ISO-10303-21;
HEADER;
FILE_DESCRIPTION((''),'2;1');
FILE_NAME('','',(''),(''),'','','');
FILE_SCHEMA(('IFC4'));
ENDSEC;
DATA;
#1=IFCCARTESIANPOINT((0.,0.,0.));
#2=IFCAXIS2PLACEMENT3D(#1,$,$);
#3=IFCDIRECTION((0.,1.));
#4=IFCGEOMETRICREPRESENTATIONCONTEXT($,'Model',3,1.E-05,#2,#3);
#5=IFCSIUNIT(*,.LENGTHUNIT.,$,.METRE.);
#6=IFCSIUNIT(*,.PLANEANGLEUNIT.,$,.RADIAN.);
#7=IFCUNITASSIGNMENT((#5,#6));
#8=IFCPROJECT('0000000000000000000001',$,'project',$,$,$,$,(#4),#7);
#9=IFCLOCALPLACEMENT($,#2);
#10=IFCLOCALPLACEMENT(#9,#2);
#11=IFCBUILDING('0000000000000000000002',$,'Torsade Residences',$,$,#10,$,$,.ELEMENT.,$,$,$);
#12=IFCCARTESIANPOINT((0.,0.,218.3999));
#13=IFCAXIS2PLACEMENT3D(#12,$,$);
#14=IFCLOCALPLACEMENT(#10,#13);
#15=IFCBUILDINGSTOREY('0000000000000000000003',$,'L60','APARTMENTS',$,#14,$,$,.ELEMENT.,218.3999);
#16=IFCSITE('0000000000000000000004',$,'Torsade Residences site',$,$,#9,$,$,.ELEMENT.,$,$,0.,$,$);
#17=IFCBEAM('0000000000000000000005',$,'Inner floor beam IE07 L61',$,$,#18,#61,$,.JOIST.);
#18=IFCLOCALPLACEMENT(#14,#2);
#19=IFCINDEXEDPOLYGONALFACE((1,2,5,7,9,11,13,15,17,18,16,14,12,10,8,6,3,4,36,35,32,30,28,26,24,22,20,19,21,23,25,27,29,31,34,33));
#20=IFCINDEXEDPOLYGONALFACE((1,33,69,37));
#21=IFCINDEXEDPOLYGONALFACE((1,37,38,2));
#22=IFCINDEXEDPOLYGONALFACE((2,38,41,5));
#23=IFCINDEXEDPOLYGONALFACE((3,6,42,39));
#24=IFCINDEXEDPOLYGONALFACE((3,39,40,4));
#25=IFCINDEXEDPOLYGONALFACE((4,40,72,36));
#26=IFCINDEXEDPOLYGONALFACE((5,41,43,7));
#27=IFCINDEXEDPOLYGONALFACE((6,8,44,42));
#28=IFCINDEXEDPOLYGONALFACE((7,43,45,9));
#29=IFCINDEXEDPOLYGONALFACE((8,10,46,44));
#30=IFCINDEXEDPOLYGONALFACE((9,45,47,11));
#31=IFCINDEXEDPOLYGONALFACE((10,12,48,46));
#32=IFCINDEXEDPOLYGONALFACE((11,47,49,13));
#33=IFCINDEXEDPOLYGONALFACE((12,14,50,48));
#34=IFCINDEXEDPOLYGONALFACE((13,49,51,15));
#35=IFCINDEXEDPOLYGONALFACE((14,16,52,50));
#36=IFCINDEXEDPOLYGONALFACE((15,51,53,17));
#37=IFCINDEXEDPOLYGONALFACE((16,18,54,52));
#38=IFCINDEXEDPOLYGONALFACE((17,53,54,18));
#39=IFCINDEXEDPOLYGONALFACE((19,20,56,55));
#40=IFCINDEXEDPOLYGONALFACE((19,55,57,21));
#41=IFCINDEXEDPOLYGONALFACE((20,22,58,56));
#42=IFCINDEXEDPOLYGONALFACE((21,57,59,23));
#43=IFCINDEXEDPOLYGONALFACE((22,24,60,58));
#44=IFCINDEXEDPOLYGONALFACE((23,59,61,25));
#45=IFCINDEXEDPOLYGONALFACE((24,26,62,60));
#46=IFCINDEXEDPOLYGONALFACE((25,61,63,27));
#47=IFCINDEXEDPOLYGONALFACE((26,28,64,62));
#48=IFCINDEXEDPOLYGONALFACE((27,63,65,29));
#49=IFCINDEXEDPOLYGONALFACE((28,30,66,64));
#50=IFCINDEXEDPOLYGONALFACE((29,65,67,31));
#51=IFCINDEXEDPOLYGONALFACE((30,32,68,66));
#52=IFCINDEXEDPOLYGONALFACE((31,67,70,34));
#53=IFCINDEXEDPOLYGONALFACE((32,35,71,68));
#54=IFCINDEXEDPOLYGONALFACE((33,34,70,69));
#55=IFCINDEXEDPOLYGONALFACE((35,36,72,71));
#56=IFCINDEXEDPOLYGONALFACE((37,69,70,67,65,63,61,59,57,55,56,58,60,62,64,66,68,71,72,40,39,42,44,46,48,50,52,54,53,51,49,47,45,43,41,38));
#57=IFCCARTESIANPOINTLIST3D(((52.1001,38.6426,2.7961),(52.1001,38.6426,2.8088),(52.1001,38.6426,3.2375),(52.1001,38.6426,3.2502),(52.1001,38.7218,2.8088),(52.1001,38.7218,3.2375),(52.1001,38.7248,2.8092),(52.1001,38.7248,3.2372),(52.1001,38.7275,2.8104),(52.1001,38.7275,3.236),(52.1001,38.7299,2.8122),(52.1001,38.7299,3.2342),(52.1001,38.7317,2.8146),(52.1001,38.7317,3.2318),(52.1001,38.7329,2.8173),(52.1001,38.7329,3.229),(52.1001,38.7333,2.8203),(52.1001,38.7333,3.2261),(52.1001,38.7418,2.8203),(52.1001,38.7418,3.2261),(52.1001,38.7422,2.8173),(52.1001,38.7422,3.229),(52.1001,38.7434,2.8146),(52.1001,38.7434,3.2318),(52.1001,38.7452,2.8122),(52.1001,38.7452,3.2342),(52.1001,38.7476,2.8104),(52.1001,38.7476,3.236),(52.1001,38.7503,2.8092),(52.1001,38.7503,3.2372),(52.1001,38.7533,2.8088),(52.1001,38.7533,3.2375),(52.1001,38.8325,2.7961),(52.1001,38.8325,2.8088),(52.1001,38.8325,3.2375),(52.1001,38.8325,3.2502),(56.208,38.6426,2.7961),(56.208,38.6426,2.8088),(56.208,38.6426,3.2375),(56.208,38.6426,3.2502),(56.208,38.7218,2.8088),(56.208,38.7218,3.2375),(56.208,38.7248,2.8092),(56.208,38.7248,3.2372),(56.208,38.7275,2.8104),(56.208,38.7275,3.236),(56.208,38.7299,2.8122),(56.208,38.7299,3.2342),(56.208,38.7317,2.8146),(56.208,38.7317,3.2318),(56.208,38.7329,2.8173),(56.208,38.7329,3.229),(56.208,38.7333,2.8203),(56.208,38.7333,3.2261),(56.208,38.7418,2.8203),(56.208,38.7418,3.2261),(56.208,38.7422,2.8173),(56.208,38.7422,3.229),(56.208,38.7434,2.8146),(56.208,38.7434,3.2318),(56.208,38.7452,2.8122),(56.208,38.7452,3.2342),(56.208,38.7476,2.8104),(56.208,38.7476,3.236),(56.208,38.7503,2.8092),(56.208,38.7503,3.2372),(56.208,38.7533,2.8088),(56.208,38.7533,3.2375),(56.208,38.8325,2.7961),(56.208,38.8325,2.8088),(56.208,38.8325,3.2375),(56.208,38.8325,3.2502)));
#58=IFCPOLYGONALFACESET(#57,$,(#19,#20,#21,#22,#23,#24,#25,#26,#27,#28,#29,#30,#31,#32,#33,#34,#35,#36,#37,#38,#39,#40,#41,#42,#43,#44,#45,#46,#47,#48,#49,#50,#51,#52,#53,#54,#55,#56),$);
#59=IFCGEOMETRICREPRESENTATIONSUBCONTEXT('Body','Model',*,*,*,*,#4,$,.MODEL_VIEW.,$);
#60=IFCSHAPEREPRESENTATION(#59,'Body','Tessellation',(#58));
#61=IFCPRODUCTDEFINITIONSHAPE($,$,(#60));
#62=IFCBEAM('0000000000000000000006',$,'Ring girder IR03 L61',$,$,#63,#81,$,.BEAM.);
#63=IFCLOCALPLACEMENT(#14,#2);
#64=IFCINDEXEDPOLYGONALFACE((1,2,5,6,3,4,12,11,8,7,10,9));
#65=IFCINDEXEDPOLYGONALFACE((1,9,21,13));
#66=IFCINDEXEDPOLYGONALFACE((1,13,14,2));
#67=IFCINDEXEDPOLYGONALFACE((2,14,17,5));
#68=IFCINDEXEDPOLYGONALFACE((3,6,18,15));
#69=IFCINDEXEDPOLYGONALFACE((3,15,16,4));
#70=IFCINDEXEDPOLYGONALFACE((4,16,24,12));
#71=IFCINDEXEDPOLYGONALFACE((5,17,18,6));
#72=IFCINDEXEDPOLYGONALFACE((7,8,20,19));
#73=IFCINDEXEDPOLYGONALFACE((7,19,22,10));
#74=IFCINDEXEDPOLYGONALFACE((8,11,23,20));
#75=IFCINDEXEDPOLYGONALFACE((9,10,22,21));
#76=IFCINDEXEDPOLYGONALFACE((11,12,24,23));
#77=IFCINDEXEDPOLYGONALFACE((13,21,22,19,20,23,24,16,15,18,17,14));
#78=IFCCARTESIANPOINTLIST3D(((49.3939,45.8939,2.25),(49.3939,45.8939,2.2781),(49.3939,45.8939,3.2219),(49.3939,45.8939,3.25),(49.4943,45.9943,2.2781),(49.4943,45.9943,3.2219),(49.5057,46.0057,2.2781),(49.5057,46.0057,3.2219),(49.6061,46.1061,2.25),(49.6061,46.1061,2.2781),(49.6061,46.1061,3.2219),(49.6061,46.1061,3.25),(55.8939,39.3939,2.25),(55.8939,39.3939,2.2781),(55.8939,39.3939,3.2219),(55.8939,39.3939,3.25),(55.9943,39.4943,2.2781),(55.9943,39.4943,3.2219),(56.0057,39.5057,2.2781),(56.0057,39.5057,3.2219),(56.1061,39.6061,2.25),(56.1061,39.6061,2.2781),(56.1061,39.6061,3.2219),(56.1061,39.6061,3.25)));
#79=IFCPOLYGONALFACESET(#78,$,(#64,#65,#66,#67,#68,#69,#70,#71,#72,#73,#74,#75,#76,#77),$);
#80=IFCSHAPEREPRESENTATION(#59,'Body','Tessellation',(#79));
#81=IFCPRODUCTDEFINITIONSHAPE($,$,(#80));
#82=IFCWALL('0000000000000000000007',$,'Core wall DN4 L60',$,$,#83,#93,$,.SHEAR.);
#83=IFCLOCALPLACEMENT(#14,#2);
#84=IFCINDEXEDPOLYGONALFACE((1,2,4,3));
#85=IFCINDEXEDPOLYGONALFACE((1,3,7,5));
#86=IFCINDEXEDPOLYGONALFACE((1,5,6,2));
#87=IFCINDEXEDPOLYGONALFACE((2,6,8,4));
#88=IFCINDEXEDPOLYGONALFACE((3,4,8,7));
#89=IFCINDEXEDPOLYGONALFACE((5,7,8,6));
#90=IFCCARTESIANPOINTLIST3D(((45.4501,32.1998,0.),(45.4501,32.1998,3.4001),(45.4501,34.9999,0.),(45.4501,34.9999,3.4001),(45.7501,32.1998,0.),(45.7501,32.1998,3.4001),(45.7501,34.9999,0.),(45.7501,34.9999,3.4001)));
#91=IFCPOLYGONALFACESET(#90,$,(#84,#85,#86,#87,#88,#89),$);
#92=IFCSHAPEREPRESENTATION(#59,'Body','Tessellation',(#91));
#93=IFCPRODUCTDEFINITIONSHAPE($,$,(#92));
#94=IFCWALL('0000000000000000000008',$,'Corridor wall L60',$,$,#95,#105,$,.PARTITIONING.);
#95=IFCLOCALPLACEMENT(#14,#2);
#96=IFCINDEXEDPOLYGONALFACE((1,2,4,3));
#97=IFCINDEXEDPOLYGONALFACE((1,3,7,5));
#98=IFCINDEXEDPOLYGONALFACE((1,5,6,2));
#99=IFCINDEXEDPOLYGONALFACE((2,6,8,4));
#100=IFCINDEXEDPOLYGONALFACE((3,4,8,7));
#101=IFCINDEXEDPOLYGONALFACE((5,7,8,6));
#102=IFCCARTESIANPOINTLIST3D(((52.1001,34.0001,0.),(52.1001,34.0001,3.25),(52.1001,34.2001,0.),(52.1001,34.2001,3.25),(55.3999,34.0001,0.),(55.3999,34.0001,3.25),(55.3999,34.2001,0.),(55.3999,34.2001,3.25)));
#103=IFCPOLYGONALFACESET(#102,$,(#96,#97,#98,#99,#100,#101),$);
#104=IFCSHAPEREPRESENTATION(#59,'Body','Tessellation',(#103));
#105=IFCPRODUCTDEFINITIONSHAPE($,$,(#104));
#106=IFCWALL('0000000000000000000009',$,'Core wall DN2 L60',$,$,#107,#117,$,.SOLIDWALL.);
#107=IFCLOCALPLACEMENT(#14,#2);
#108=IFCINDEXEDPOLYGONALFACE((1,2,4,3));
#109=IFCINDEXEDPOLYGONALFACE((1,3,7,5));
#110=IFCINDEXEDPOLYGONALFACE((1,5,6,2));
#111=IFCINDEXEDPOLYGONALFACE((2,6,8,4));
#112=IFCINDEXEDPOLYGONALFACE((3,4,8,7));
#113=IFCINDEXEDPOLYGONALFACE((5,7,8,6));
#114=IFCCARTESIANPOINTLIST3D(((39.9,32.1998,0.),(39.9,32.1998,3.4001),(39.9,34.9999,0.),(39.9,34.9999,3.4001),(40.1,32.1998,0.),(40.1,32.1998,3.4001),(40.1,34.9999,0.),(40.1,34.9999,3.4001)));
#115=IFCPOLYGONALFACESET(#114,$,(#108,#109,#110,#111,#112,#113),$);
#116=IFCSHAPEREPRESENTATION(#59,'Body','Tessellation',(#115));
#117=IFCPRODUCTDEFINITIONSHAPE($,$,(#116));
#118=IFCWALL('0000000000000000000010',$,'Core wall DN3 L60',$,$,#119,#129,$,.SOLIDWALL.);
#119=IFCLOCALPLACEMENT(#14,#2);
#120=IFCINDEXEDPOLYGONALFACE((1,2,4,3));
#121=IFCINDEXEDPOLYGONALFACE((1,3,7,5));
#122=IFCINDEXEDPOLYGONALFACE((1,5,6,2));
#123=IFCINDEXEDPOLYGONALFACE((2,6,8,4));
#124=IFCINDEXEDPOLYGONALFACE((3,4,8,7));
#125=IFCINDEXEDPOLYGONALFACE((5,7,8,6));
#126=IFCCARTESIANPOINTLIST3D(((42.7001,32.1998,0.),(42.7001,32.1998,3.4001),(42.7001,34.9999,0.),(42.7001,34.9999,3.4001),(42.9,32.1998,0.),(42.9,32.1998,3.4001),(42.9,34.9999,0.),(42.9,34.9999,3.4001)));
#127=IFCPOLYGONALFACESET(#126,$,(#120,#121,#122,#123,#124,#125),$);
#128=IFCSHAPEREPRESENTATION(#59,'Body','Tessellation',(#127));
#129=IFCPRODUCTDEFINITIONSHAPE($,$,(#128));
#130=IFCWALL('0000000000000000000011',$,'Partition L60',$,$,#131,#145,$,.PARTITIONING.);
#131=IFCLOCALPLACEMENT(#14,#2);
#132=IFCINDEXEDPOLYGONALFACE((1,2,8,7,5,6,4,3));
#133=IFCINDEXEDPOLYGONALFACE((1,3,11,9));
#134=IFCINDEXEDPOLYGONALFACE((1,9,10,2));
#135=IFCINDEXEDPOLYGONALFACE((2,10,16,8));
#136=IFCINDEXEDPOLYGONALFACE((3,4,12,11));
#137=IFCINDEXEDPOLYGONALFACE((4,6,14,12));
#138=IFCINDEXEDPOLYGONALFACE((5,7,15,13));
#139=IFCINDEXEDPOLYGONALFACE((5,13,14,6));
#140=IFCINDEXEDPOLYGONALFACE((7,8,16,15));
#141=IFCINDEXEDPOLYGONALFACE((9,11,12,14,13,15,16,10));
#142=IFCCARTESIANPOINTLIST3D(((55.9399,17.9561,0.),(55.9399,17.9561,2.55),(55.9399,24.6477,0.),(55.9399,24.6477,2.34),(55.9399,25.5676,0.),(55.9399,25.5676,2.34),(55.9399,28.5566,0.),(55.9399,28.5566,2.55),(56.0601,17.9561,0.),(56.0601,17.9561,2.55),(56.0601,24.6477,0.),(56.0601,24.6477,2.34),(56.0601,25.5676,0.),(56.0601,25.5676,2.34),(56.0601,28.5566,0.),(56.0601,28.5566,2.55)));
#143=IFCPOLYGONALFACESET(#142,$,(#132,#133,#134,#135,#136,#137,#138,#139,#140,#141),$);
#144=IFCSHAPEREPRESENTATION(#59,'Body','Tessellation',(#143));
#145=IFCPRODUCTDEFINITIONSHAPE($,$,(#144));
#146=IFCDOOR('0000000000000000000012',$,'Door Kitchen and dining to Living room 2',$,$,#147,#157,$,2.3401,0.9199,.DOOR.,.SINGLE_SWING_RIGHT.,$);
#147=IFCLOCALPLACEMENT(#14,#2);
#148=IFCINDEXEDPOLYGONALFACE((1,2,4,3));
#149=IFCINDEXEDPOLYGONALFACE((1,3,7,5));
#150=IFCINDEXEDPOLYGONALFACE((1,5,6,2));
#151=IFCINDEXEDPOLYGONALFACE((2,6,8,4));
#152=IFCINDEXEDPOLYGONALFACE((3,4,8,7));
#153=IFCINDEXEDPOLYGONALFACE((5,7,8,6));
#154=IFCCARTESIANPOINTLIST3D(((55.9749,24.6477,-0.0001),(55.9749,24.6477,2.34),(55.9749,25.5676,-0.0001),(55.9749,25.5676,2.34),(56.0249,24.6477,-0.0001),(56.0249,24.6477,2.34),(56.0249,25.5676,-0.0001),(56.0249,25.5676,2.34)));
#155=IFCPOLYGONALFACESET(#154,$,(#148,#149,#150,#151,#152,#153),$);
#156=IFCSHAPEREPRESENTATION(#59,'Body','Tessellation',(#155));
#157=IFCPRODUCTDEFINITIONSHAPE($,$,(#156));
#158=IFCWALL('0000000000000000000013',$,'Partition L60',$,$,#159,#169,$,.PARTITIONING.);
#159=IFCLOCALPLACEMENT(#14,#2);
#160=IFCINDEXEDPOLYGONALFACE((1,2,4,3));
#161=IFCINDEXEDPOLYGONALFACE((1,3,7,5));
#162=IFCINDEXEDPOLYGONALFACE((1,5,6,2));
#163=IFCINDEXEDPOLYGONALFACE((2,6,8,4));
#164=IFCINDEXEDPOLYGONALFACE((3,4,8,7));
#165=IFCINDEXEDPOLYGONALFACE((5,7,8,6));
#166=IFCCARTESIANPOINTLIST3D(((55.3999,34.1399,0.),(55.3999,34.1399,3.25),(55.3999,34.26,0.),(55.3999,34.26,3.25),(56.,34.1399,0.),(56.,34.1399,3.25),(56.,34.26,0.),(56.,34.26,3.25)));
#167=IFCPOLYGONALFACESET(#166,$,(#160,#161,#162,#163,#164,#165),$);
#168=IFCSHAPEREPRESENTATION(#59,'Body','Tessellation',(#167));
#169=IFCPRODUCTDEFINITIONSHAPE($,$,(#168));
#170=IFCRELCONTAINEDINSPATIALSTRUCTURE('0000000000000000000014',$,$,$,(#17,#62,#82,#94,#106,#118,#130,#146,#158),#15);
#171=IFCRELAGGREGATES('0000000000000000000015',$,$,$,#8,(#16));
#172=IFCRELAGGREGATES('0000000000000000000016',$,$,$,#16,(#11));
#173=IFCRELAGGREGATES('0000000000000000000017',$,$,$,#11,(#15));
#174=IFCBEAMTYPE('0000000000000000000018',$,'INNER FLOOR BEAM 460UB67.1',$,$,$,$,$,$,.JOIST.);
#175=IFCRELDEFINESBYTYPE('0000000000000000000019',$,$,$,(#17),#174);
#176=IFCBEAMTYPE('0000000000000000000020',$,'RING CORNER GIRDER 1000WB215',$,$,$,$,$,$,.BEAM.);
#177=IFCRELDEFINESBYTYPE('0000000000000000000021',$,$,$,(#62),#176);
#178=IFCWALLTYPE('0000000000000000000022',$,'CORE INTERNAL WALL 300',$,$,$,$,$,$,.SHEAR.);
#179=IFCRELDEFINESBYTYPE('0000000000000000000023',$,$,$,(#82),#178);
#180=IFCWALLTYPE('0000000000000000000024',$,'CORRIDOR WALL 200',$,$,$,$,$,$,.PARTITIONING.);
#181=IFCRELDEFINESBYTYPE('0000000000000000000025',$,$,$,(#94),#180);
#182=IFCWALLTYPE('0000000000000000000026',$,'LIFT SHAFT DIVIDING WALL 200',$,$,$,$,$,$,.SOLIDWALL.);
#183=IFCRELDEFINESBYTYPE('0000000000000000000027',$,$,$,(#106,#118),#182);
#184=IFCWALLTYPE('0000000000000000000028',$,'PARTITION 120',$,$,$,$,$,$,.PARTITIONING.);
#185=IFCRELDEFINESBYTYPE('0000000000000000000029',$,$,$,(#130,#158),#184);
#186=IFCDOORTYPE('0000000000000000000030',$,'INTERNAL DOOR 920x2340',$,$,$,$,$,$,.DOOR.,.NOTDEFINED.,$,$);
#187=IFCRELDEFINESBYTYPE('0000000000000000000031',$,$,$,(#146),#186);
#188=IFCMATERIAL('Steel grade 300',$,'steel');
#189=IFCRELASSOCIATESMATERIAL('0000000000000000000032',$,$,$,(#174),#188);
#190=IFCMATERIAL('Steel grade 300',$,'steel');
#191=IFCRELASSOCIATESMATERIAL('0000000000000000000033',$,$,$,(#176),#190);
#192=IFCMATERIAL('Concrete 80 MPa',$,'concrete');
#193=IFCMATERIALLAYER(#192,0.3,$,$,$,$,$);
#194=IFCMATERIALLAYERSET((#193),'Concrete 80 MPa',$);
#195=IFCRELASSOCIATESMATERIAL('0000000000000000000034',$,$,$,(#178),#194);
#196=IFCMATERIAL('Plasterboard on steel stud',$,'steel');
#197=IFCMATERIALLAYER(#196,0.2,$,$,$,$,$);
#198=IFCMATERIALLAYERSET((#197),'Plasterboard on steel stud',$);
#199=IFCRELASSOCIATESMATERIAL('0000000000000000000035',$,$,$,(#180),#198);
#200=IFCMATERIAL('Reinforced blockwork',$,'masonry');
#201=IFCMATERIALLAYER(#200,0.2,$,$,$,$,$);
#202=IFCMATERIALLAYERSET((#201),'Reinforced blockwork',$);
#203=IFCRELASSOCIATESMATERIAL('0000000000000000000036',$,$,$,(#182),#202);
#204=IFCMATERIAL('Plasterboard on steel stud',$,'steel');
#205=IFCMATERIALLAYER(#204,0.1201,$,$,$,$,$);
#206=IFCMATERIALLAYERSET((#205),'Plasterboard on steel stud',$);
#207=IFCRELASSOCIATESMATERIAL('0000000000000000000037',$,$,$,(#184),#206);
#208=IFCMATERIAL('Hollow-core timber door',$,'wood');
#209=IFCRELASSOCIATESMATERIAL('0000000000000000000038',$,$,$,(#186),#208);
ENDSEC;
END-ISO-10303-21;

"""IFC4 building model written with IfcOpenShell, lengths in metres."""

from ifc_helpers import new_model, si_unit, direction, frame, frame_2d, origin, origin_2d, place, context, subcontext, project, spatial, rectangle, i_section, extrude, material, layer, layer_set, material_profile, profile_set, type_object, element, fill, save


model = new_model("IFC4")

# Units and contexts
model_context = context("Model", 3, precision=1e-05, world=origin(), true_north=direction((0.0, 1.0)))
body_context = subcontext(model_context, "Body", "Model", "MODEL_VIEW")
ifc_project = project(units=[si_unit("LENGTHUNIT", "METRE"), si_unit("PLANEANGLEUNIT", "RADIAN")], contexts=[model_context])

# Site, building, storey
site_placement = place(None, origin())
site = spatial("IfcSite", under=ifc_project, at=site_placement, Name="Torsade Residences site", CompositionType="ELEMENT", RefElevation=0.0)
building_placement = place(site_placement, origin())
building = spatial("IfcBuilding", under=site, at=building_placement, Name="Torsade Residences", CompositionType="ELEMENT")
storey_placement = place(building_placement, frame((0.0, 0.0, 218.3999)))
storey = spatial("IfcBuildingStorey", under=building, at=storey_placement, Name="L60", Description="APARTMENTS", CompositionType="ELEMENT", Elevation=218.3999)

# Beams
ifc_material_1 = material(Name="Steel grade 300", Category="steel")
ifc_material_profile_1 = material_profile(ifc_material_1, i_section(OverallWidth=0.1899, OverallDepth=0.4541, WebThickness=0.0085, FlangeThickness=0.0127, FilletRadius=0.0115, at=origin_2d()), Name="460UB67.1")
ifc_profile_set_1 = profile_set([ifc_material_profile_1], Name="Steel grade 300")
beam_type_1 = type_object("IfcBeamType", Name="INNER FLOOR BEAM 460UB67.1", PredefinedType="JOIST", material=ifc_profile_set_1)
beam_1_placement = place(storey_placement, frame((52.1001, 38.7375, 3.0232), z_axis=(1.0, 0.0, 0.0), x_axis=(0.0, 1.0, 0.0)))
element("IfcBeam", 1, at=beam_1_placement, inside=storey, type_object=beam_type_1, Name="Inner floor beam IE07 L61", PredefinedType="JOIST", context=body_context, shape_type="SweptSolid", body=[
    extrude(i_section(OverallWidth=0.1899, OverallDepth=0.4541, WebThickness=0.0085, FlangeThickness=0.0127, FilletRadius=0.0115, at=origin_2d()), origin(), (0.0, 0.0, 1.0), 4.1079),
])
ifc_material_2 = material(Name="Steel grade 300", Category="steel")
ifc_material_profile_2 = material_profile(ifc_material_2, i_section(OverallWidth=0.3, OverallDepth=1.0, WebThickness=0.0161, FlangeThickness=0.0281, at=origin_2d()), Name="1000WB215")
ifc_profile_set_2 = profile_set([ifc_material_profile_2], Name="Steel grade 300")
beam_type_2 = type_object("IfcBeamType", Name="RING CORNER GIRDER 1000WB215", PredefinedType="BEAM", material=ifc_profile_set_2)
beam_2_placement = place(storey_placement, frame((56.0, 39.5, 2.75), z_axis=(-0.707107, 0.707107, 0.0), x_axis=(-0.707107, -0.707107, 0.0)))
element("IfcBeam", 2, at=beam_2_placement, inside=storey, type_object=beam_type_2, Name="Ring girder IR03 L61", PredefinedType="BEAM", context=body_context, shape_type="SweptSolid", body=[
    extrude(i_section(OverallWidth=0.3, OverallDepth=1.0, WebThickness=0.0161, FlangeThickness=0.0281, at=origin_2d()), origin(), (0.0, 0.0, 1.0), 9.1924),
])

# Walls
ifc_material_3 = material(Name="Concrete 80 MPa", Category="concrete")
ifc_layer_1 = layer(ifc_material_3, 0.3)
ifc_layer_set_1 = layer_set([ifc_layer_1], Name="Concrete 80 MPa")
wall_type_1 = type_object("IfcWallType", Name="CORE INTERNAL WALL 300", PredefinedType="SHEAR", material=ifc_layer_set_1)
wall_1_placement = place(storey_placement, frame((45.6001, 32.2, 0.0), z_axis=(0.0, 0.0, 1.0), x_axis=(0.0, 1.0, 0.0)))
element("IfcWall", 3, at=wall_1_placement, inside=storey, type_object=wall_type_1, Name="Core wall DN4 L60", PredefinedType="SHEAR", context=body_context, shape_type="SweptSolid", body=[
    extrude(rectangle(XDim=2.8, YDim=0.3, at=frame_2d((1.3999, 0.0))), origin(), (0.0, 0.0, 1.0), 3.4001),
])
ifc_material_4 = material(Name="Plasterboard on steel stud", Category="steel")
ifc_layer_2 = layer(ifc_material_4, 0.2)
ifc_layer_set_2 = layer_set([ifc_layer_2], Name="Plasterboard on steel stud")
wall_type_2 = type_object("IfcWallType", Name="CORRIDOR WALL 200", PredefinedType="PARTITIONING", material=ifc_layer_set_2)
wall_2_placement = place(storey_placement, frame((52.1001, 34.1001, 0.0), z_axis=(0.0, 0.0, 1.0), x_axis=(1.0, 0.0, 0.0)))
element("IfcWall", 4, at=wall_2_placement, inside=storey, type_object=wall_type_2, Name="Corridor wall L60", PredefinedType="PARTITIONING", context=body_context, shape_type="SweptSolid", body=[
    extrude(rectangle(XDim=3.2998, YDim=0.2, at=frame_2d((1.6499, 0.0))), origin(), (0.0, 0.0, 1.0), 3.25),
])
ifc_material_5 = material(Name="Reinforced blockwork", Category="masonry")
ifc_layer_3 = layer(ifc_material_5, 0.2)
ifc_layer_set_3 = layer_set([ifc_layer_3], Name="Reinforced blockwork")
wall_type_3 = type_object("IfcWallType", Name="LIFT SHAFT DIVIDING WALL 200", PredefinedType="SOLIDWALL", material=ifc_layer_set_3)
for number, where, z_axis, x_axis, name in (
    (5, (40.0, 32.2, 0.0), (0.0, 0.0, 1.0), (0.0, 1.0, 0.0), "Core wall DN2 L60"),
    (6, (42.8, 32.2, 0.0), (0.0, 0.0, 1.0), (0.0, 1.0, 0.0), "Core wall DN3 L60"),
):
    element("IfcWall", number, at=place(storey_placement, frame(where, z_axis=z_axis, x_axis=x_axis)), inside=storey, type_object=wall_type_3, Name=name, PredefinedType="SOLIDWALL", context=body_context, shape_type="SweptSolid", body=[
        extrude(rectangle(XDim=2.8, YDim=0.2, at=frame_2d((1.3999, 0.0))), origin(), (0.0, 0.0, 1.0), 3.4001),
    ])

# Wall, opening, door
ifc_material_6 = material(Name="Plasterboard on steel stud", Category="steel")
ifc_layer_4 = layer(ifc_material_6, 0.1201)
ifc_layer_set_4 = layer_set([ifc_layer_4], Name="Plasterboard on steel stud")
wall_type_4 = type_object("IfcWallType", Name="PARTITION 120", PredefinedType="PARTITIONING", material=ifc_layer_set_4)
wall_3_placement = place(storey_placement, frame((56.0, 28.5566, 0.0), z_axis=(0.0, 0.0, 1.0), x_axis=(0.0, -1.0, 0.0)))
wall_3 = element("IfcWall", 7, at=wall_3_placement, inside=storey, type_object=wall_type_4, Name="Partition L60", PredefinedType="PARTITIONING", context=body_context, shape_type="SweptSolid", body=[
    extrude(rectangle(XDim=10.6006, YDim=0.1201, at=frame_2d((5.3003, 0.0))), origin(), (0.0, 0.0, 1.0), 2.55),
])
opening_1_placement = place(wall_3_placement, frame((2.989, 0.0, 0.0)))
opening_1 = element("IfcOpeningElement", 8, at=opening_1_placement, cuts=wall_3, PredefinedType="OPENING", context=body_context, shape_type="SweptSolid", body=[
    extrude(rectangle(XDim=0.9199, YDim=2.3401, at=frame_2d((0.46, 1.1699))), frame((0.0, 0.0701, 0.0), z_axis=(0.0, -1.0, 0.0), x_axis=(1.0, 0.0, 0.0)), (0.0, 0.0, 1.0), 0.1401),
])
ifc_material_7 = material(Name="Hollow-core timber door", Category="wood")
door_type_1 = type_object("IfcDoorType", Name="INTERNAL DOOR 920x2340", OperationType="NOTDEFINED", PredefinedType="DOOR", material=ifc_material_7)
door_1_placement = place(opening_1_placement, origin())
door_1 = element("IfcDoor", 9, at=door_1_placement, inside=storey, type_object=door_type_1, Name="Door Kitchen and dining to Living room 2", OperationType="SINGLE_SWING_RIGHT", OverallHeight=2.3401, OverallWidth=0.9199, PredefinedType="DOOR", context=body_context, shape_type="SweptSolid", body=[
    extrude(rectangle(XDim=0.9199, YDim=2.3401, at=frame_2d((0.46, 1.1699))), frame((0.0, 0.0249, 0.0), z_axis=(0.0, -1.0, 0.0), x_axis=(1.0, 0.0, 0.0)), (0.0, 0.0, 1.0), 0.05),
])
fill(opening_1, door_1)

# Wall
wall_4_placement = place(storey_placement, frame((56.0, 34.2, 0.0), z_axis=(0.0, 0.0, 1.0), x_axis=(-1.0, 0.0, 0.0)))
element("IfcWall", 10, at=wall_4_placement, inside=storey, type_object=wall_type_4, Name="Partition L60", PredefinedType="PARTITIONING", context=body_context, shape_type="SweptSolid", body=[
    extrude(rectangle(XDim=0.6001, YDim=0.1201, at=frame_2d((0.3, 0.0))), origin(), (0.0, 0.0, 1.0), 3.25),
])

save(model, "model.ifc")
